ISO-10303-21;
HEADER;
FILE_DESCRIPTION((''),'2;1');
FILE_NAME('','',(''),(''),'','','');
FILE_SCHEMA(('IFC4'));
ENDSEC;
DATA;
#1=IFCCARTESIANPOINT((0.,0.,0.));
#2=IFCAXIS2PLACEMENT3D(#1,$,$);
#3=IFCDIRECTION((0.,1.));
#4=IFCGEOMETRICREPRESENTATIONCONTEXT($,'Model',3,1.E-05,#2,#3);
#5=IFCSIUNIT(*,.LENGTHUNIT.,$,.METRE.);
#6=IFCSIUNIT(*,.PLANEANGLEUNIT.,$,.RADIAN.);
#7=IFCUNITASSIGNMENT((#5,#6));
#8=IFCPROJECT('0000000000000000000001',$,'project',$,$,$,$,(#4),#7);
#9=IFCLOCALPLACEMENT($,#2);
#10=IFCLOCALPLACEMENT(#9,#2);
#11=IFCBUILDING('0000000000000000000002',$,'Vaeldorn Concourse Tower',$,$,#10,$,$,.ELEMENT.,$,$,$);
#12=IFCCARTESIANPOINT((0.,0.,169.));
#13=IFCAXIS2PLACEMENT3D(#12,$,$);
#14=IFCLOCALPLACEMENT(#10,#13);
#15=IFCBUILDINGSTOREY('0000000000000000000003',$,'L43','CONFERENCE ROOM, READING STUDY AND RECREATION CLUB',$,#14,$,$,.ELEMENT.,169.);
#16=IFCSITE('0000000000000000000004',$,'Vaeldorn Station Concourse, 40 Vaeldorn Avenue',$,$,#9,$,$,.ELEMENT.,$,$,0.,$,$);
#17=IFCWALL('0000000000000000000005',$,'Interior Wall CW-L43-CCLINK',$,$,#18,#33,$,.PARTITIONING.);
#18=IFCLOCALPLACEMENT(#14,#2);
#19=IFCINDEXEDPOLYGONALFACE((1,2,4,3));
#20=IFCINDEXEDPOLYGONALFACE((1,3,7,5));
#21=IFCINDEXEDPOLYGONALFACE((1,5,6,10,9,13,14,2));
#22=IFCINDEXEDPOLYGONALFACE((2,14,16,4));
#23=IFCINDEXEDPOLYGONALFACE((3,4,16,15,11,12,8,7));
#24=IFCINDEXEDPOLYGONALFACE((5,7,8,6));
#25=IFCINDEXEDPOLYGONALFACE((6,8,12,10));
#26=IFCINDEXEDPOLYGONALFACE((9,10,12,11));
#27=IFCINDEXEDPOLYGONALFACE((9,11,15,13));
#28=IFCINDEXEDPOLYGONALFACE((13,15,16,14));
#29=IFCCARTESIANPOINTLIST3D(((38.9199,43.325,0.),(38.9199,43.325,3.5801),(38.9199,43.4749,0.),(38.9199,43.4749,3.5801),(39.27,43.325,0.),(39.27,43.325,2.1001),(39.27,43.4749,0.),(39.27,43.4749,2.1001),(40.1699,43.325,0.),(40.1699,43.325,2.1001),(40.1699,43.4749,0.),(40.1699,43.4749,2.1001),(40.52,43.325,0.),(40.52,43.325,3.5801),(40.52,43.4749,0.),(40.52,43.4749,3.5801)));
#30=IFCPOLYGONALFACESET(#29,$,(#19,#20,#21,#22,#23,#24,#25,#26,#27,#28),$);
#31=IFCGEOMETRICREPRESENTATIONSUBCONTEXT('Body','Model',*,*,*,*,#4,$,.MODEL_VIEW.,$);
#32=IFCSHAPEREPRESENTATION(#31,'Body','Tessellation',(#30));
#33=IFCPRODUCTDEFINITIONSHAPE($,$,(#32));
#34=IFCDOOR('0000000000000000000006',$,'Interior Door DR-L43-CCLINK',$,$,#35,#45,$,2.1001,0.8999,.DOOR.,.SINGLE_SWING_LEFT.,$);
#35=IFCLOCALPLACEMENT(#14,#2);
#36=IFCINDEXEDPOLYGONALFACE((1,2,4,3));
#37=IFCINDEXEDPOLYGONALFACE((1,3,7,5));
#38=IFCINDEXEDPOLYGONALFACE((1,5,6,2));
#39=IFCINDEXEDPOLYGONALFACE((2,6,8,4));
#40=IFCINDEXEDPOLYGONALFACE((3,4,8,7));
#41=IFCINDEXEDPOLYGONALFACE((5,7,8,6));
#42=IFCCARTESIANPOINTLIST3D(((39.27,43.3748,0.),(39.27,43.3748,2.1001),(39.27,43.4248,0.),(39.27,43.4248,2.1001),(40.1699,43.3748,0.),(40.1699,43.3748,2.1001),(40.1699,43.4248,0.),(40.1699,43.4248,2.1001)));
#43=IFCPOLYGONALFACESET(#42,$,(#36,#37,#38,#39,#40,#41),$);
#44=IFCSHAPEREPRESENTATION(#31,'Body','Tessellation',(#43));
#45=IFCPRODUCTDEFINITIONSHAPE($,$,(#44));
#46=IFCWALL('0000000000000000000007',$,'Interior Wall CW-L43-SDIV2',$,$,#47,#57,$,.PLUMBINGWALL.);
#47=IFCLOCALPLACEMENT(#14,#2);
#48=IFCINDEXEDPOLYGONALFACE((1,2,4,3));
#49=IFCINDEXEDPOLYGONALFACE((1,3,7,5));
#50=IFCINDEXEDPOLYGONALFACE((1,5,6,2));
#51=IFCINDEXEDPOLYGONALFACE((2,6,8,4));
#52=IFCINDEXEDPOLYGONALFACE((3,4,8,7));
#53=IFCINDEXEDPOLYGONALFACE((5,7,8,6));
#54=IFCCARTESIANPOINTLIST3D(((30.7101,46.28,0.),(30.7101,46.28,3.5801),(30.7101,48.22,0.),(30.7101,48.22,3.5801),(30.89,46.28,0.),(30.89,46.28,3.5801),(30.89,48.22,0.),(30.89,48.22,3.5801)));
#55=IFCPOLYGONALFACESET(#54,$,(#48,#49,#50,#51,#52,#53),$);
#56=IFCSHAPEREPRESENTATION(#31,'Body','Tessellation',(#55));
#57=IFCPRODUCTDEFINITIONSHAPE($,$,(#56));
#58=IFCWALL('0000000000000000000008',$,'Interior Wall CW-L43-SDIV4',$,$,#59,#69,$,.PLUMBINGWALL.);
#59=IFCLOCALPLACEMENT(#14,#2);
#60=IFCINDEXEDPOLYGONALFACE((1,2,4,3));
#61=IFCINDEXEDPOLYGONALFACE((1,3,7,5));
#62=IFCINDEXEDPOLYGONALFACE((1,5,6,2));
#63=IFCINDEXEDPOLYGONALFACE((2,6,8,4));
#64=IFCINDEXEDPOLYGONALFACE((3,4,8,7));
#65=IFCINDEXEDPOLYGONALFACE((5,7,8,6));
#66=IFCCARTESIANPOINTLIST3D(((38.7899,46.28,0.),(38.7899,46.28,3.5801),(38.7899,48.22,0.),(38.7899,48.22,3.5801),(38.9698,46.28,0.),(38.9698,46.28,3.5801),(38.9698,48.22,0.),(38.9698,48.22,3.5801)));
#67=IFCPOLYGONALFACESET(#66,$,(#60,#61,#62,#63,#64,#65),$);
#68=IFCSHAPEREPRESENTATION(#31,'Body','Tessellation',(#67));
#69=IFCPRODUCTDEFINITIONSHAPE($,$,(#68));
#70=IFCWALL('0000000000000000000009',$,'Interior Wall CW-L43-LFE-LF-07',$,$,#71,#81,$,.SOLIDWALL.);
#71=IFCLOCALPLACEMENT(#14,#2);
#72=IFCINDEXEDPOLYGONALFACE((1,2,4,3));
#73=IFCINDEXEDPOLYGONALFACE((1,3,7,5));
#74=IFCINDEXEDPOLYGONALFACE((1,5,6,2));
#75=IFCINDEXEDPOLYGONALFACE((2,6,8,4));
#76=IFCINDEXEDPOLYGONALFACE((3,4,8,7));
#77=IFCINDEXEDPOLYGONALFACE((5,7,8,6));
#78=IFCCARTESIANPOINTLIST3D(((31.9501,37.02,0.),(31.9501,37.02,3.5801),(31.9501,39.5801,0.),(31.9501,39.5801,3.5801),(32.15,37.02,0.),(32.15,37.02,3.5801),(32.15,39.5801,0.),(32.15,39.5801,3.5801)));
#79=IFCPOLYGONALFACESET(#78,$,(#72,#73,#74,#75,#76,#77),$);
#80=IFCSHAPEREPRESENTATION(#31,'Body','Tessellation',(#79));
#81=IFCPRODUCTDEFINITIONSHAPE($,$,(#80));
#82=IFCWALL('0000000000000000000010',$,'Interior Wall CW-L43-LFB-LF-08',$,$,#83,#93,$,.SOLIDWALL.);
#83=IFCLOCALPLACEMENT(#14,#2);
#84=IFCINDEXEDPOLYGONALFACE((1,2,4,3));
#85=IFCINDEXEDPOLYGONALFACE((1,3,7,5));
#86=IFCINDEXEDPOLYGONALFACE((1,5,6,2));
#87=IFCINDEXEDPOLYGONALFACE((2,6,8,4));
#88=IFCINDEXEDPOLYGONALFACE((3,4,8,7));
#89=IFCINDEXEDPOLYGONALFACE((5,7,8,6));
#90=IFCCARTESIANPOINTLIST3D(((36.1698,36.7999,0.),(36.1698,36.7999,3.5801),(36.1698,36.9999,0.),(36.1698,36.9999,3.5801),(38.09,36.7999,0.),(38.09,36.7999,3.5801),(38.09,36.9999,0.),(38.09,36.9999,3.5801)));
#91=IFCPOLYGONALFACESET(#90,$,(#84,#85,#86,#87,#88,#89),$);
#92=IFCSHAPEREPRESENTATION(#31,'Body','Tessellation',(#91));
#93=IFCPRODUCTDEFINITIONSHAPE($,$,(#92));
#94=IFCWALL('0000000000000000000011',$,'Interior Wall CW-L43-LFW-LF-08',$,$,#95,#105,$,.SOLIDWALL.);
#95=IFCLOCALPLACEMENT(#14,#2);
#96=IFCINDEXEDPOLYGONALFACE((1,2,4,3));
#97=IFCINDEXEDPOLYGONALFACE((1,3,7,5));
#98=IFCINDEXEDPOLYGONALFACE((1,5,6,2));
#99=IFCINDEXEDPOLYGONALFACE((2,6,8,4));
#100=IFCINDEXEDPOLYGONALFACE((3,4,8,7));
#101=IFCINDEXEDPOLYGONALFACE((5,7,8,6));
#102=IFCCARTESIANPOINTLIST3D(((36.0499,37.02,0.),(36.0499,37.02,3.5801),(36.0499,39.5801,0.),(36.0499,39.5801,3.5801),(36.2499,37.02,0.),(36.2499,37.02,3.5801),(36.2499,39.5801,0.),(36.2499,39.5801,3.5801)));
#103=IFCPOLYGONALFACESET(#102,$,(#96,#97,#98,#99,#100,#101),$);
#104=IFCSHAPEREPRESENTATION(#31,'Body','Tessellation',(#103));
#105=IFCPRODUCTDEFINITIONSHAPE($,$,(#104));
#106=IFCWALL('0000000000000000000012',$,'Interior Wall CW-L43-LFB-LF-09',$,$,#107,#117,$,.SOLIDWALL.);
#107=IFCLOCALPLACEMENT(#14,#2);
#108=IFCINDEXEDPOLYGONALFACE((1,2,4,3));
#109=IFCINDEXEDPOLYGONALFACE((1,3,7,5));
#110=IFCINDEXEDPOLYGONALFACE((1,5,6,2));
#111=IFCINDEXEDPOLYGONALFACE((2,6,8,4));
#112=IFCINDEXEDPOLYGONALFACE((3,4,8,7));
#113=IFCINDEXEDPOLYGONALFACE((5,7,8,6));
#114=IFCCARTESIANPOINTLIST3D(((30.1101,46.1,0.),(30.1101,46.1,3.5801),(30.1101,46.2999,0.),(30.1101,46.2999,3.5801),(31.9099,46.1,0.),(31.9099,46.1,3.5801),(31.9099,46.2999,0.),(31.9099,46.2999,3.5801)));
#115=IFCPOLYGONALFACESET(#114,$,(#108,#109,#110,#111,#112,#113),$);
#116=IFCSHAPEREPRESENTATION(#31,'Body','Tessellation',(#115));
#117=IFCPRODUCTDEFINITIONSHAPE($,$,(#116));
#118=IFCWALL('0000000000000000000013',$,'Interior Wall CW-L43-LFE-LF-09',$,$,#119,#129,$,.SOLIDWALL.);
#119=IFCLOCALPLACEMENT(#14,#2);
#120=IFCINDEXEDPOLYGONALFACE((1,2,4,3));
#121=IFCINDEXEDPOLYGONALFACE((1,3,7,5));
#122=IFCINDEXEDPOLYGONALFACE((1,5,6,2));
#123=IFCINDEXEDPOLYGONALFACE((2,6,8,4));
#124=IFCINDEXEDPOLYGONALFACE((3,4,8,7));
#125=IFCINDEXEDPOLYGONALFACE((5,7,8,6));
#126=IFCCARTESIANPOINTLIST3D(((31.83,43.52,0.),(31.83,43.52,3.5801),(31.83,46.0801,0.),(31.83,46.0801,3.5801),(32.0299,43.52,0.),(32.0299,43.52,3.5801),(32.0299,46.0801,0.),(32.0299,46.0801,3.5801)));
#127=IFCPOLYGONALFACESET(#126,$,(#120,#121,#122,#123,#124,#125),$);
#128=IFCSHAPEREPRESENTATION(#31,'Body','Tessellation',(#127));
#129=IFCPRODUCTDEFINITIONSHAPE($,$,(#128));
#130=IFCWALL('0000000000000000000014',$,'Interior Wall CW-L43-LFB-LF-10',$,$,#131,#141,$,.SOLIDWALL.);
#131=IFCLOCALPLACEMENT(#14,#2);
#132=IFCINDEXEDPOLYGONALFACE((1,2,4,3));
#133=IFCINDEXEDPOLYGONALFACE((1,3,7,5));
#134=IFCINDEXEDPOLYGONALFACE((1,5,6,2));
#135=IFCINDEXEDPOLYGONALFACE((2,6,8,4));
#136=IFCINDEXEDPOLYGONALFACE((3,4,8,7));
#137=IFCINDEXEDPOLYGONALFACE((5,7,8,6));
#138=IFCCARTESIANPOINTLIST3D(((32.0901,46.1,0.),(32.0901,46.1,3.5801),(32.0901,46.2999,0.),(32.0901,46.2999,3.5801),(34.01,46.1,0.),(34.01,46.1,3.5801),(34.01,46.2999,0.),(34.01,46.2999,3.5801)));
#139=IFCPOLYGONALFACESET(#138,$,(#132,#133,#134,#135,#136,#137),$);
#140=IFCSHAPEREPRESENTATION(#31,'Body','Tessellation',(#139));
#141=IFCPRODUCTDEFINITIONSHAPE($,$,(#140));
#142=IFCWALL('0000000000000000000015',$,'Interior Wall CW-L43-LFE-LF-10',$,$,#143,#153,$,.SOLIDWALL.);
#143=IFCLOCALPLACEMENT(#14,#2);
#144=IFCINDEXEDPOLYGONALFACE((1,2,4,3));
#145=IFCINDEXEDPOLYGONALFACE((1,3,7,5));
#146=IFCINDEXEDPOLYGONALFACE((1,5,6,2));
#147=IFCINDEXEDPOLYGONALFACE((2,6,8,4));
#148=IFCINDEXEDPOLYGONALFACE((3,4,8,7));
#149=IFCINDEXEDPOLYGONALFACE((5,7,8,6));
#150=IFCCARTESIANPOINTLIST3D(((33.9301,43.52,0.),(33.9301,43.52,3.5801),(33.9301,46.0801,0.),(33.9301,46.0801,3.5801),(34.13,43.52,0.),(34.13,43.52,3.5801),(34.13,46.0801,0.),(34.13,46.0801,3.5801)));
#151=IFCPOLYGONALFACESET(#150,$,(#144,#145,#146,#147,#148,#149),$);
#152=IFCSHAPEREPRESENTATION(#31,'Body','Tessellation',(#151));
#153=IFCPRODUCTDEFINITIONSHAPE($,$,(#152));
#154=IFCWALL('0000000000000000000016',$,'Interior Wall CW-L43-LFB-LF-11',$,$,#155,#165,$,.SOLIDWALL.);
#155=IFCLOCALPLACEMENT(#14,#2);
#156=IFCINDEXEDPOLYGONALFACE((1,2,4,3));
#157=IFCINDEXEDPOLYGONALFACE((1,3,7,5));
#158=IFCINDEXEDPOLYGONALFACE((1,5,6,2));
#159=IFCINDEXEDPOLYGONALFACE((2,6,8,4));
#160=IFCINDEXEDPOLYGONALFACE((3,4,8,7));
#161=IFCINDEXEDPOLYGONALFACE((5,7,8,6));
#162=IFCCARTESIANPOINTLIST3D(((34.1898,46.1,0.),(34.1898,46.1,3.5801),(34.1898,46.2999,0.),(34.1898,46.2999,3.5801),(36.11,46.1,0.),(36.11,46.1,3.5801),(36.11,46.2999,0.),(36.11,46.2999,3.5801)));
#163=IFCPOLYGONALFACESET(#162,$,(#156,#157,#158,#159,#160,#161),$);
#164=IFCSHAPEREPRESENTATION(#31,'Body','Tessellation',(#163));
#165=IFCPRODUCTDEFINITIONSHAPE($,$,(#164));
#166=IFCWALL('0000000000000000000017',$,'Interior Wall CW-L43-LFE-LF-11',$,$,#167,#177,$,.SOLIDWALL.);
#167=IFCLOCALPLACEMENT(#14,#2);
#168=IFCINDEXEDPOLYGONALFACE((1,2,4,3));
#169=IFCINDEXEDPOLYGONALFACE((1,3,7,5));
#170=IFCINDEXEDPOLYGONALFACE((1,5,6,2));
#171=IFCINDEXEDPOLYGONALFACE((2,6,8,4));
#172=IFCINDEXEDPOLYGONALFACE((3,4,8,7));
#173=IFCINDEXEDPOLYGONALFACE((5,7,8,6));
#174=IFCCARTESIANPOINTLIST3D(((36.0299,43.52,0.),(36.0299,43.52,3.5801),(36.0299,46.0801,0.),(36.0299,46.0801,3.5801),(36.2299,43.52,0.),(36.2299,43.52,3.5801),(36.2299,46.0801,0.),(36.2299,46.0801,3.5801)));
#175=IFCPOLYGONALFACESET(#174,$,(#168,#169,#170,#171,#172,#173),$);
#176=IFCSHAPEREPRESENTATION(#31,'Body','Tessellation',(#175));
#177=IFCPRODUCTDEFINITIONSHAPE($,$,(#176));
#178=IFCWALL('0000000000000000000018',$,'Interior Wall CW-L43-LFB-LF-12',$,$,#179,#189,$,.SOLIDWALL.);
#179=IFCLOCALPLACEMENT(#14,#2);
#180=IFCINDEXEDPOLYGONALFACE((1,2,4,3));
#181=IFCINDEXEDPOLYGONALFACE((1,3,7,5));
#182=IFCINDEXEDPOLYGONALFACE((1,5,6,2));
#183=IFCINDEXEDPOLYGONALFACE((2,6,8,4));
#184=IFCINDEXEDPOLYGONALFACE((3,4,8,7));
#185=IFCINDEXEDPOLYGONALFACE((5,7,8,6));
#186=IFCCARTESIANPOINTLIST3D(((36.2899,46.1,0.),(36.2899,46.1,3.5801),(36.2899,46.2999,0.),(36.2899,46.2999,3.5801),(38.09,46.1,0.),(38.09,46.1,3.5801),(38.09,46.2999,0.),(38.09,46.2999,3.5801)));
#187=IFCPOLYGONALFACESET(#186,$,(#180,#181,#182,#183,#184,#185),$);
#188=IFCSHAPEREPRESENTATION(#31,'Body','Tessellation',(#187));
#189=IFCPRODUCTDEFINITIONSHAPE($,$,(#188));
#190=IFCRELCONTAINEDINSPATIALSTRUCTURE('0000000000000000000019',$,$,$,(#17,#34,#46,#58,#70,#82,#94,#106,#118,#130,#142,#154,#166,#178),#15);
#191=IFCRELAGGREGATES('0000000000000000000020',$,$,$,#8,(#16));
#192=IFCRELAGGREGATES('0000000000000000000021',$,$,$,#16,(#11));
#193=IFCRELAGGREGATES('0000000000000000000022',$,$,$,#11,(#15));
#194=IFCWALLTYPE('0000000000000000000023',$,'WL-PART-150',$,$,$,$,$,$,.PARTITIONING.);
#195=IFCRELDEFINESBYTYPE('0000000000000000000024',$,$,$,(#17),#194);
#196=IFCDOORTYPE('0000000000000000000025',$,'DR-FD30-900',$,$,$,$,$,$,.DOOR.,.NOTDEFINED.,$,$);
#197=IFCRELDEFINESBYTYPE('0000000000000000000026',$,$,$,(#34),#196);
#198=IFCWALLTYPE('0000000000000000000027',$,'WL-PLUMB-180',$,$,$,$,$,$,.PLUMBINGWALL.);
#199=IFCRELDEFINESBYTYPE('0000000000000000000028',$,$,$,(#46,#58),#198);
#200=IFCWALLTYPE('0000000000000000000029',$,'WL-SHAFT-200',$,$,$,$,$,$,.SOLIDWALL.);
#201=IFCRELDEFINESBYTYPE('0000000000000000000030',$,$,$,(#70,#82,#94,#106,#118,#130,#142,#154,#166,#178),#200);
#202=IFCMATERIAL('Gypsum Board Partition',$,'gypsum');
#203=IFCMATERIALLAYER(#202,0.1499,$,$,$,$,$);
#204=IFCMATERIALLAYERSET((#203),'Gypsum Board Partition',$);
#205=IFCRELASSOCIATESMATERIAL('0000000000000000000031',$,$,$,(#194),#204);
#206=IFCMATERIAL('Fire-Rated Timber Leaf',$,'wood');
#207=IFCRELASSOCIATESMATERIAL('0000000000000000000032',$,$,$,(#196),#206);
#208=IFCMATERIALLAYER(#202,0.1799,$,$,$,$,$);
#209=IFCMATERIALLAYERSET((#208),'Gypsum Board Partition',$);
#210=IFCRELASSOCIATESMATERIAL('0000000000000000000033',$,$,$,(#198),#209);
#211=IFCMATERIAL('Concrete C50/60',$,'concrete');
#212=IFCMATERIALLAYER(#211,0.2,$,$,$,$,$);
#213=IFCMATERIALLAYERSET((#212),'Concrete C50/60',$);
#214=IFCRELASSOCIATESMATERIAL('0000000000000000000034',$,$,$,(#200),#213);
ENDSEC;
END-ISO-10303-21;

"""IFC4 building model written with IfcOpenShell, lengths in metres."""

from ifc_helpers import new_model, si_unit, direction, frame, frame_2d, origin, place, context, subcontext, project, spatial, rectangle, extrude, source, transform, mapped, material, layer, layer_set, type_object, element, fill, save


model = new_model("IFC4")

# Units and contexts
model_context = context("Model", 3, precision=1e-05, world=origin(), true_north=direction((0.0, 1.0)))
body_context = subcontext(model_context, "Body", "Model", "MODEL_VIEW")
ifc_project = project(units=[si_unit("LENGTHUNIT", "METRE"), si_unit("PLANEANGLEUNIT", "RADIAN")], contexts=[model_context])

# Site, building, storey
site_placement = place(None, origin())
site = spatial("IfcSite", under=ifc_project, at=site_placement, Name="Vaeldorn Station Concourse, 40 Vaeldorn Avenue", CompositionType="ELEMENT", RefElevation=0.0)
building_placement = place(site_placement, origin())
building = spatial("IfcBuilding", under=site, at=building_placement, Name="Vaeldorn Concourse Tower", CompositionType="ELEMENT")
storey_placement = place(building_placement, frame((0.0, 0.0, 169.0)))
storey = spatial("IfcBuildingStorey", under=building, at=storey_placement, Name="L43", Description="CONFERENCE ROOM, READING STUDY AND RECREATION CLUB", CompositionType="ELEMENT", Elevation=169.0)

# Shared definitions
ifc_material_1 = material(Name="Concrete C50/60", Category="concrete")

# Wall, opening, door
ifc_material_2 = material(Name="Gypsum Board Partition", Category="gypsum")
ifc_layer_1 = layer(ifc_material_2, 0.1499)
ifc_layer_set_1 = layer_set([ifc_layer_1], Name="Gypsum Board Partition")
wall_type_1 = type_object("IfcWallType", Name="WL-PART-150", PredefinedType="PARTITIONING", material=ifc_layer_set_1)
wall_1_placement = place(storey_placement, frame((38.9199, 43.3999, 0.0), z_axis=(0.0, 0.0, 1.0), x_axis=(1.0, 0.0, 0.0)))
wall_1 = element("IfcWall", 1, at=wall_1_placement, inside=storey, type_object=wall_type_1, Name="Interior Wall CW-L43-CCLINK", PredefinedType="PARTITIONING", context=body_context, shape_type="SweptSolid", body=[
    extrude(rectangle(XDim=1.6001, YDim=0.1499, at=frame_2d((0.8, 0.0))), origin(), (0.0, 0.0, 1.0), 3.5801),
])
opening_1_placement = place(wall_1_placement, frame((0.3501, 0.0, 0.0)))
opening_1 = element("IfcOpeningElement", 2, at=opening_1_placement, cuts=wall_1, PredefinedType="OPENING", context=body_context, shape_type="SweptSolid", body=[
    extrude(rectangle(XDim=0.8999, YDim=2.1001, at=frame_2d((0.45, 1.05))), frame((0.0, 0.085, 0.0), z_axis=(0.0, -1.0, 0.0), x_axis=(1.0, 0.0, 0.0)), (0.0, 0.0, 1.0), 0.1699),
])
ifc_material_3 = material(Name="Fire-Rated Timber Leaf", Category="wood")
door_type_1 = type_object("IfcDoorType", Name="DR-FD30-900", OperationType="NOTDEFINED", PredefinedType="DOOR", material=ifc_material_3)
shared_shape_1 = source(origin(), body_context, "Body", "SweptSolid", [
    extrude(rectangle(XDim=0.8999, YDim=2.1001, at=frame_2d((0.45, 1.05))), frame((0.0, 0.0249, 0.0), z_axis=(0.0, -1.0, 0.0), x_axis=(1.0, 0.0, 0.0)), (0.0, 0.0, 1.0), 0.05),
])
door_1_placement = place(opening_1_placement, origin())
door_1 = element("IfcDoor", 3, at=door_1_placement, inside=storey, type_object=door_type_1, Name="Interior Door DR-L43-CCLINK", OperationType="SINGLE_SWING_LEFT", OverallHeight=2.1001, OverallWidth=0.8999, PredefinedType="DOOR", context=body_context, shape_type="MappedRepresentation", body=[
    mapped(shared_shape_1, transform((0.0, 0.0, 0.0), scale=1.0)),
])
fill(opening_1, door_1)

# Walls
ifc_layer_2 = layer(ifc_material_2, 0.1799)
ifc_layer_set_2 = layer_set([ifc_layer_2], Name="Gypsum Board Partition")
wall_type_2 = type_object("IfcWallType", Name="WL-PLUMB-180", PredefinedType="PLUMBINGWALL", material=ifc_layer_set_2)
for number, where, z_axis, x_axis, name in (
    (4, (30.8, 46.28, 0.0), (0.0, 0.0, 1.0), (0.0, 1.0, 0.0), "Interior Wall CW-L43-SDIV2"),
    (5, (38.8799, 46.28, 0.0), (0.0, 0.0, 1.0), (0.0, 1.0, 0.0), "Interior Wall CW-L43-SDIV4"),
):
    element("IfcWall", number, at=place(storey_placement, frame(where, z_axis=z_axis, x_axis=x_axis)), inside=storey, type_object=wall_type_2, Name=name, PredefinedType="PLUMBINGWALL", context=body_context, shape_type="SweptSolid", body=[
        extrude(rectangle(XDim=1.9399, YDim=0.1799, at=frame_2d((0.97, 0.0))), origin(), (0.0, 0.0, 1.0), 3.5801),
    ])
ifc_layer_3 = layer(ifc_material_1, 0.2)
ifc_layer_set_3 = layer_set([ifc_layer_3], Name="Concrete C50/60")
wall_type_3 = type_object("IfcWallType", Name="WL-SHAFT-200", PredefinedType="SOLIDWALL", material=ifc_layer_set_3)
wall_2_placement = place(storey_placement, frame((32.05, 37.02, 0.0), z_axis=(0.0, 0.0, 1.0), x_axis=(0.0, 1.0, 0.0)))
element("IfcWall", 6, at=wall_2_placement, inside=storey, type_object=wall_type_3, Name="Interior Wall CW-L43-LFE-LF-07", PredefinedType="SOLIDWALL", context=body_context, shape_type="SweptSolid", body=[
    extrude(rectangle(XDim=2.5601, YDim=0.2, at=frame_2d((1.28, 0.0))), origin(), (0.0, 0.0, 1.0), 3.5801),
])

# Walls
wall_3_placement = place(storey_placement, frame((36.1699, 36.8999, 0.0), z_axis=(0.0, 0.0, 1.0), x_axis=(1.0, 0.0, 0.0)))
element("IfcWall", 7, at=wall_3_placement, inside=storey, type_object=wall_type_3, Name="Interior Wall CW-L43-LFB-LF-08", PredefinedType="SOLIDWALL", context=body_context, shape_type="SweptSolid", body=[
    extrude(rectangle(XDim=1.9202, YDim=0.2, at=frame_2d((0.96, 0.0))), origin(), (0.0, 0.0, 1.0), 3.5801),
])
wall_4_placement = place(storey_placement, frame((36.1499, 37.02, 0.0), z_axis=(0.0, 0.0, 1.0), x_axis=(0.0, 1.0, 0.0)))
element("IfcWall", 8, at=wall_4_placement, inside=storey, type_object=wall_type_3, Name="Interior Wall CW-L43-LFW-LF-08", PredefinedType="SOLIDWALL", context=body_context, shape_type="SweptSolid", body=[
    extrude(rectangle(XDim=2.5601, YDim=0.2, at=frame_2d((1.28, 0.0))), origin(), (0.0, 0.0, 1.0), 3.5801),
])
wall_5_placement = place(storey_placement, frame((30.1101, 46.2, 0.0), z_axis=(0.0, 0.0, 1.0), x_axis=(1.0, 0.0, 0.0)))
element("IfcWall", 9, at=wall_5_placement, inside=storey, type_object=wall_type_3, Name="Interior Wall CW-L43-LFB-LF-09", PredefinedType="SOLIDWALL", context=body_context, shape_type="SweptSolid", body=[
    extrude(rectangle(XDim=1.7998, YDim=0.2, at=frame_2d((0.8999, 0.0))), origin(), (0.0, 0.0, 1.0), 3.5801),
])
wall_6_placement = place(storey_placement, frame((31.9299, 43.52, 0.0), z_axis=(0.0, 0.0, 1.0), x_axis=(0.0, 1.0, 0.0)))
element("IfcWall", 10, at=wall_6_placement, inside=storey, type_object=wall_type_3, Name="Interior Wall CW-L43-LFE-LF-09", PredefinedType="SOLIDWALL", context=body_context, shape_type="SweptSolid", body=[
    extrude(rectangle(XDim=2.5601, YDim=0.2, at=frame_2d((1.28, 0.0))), origin(), (0.0, 0.0, 1.0), 3.5801),
])

# Walls
wall_7_placement = place(storey_placement, frame((32.0901, 46.2, 0.0), z_axis=(0.0, 0.0, 1.0), x_axis=(1.0, 0.0, 0.0)))
element("IfcWall", 11, at=wall_7_placement, inside=storey, type_object=wall_type_3, Name="Interior Wall CW-L43-LFB-LF-10", PredefinedType="SOLIDWALL", context=body_context, shape_type="SweptSolid", body=[
    extrude(rectangle(XDim=1.9199, YDim=0.2, at=frame_2d((0.96, 0.0))), origin(), (0.0, 0.0, 1.0), 3.5801),
])
wall_8_placement = place(storey_placement, frame((34.03, 43.52, 0.0), z_axis=(0.0, 0.0, 1.0), x_axis=(0.0, 1.0, 0.0)))
element("IfcWall", 12, at=wall_8_placement, inside=storey, type_object=wall_type_3, Name="Interior Wall CW-L43-LFE-LF-10", PredefinedType="SOLIDWALL", context=body_context, shape_type="SweptSolid", body=[
    extrude(rectangle(XDim=2.5601, YDim=0.2, at=frame_2d((1.28, 0.0))), origin(), (0.0, 0.0, 1.0), 3.5801),
])

# Walls
wall_9_placement = place(storey_placement, frame((34.1899, 46.2, 0.0), z_axis=(0.0, 0.0, 1.0), x_axis=(1.0, 0.0, 0.0)))
element("IfcWall", 13, at=wall_9_placement, inside=storey, type_object=wall_type_3, Name="Interior Wall CW-L43-LFB-LF-11", PredefinedType="SOLIDWALL", context=body_context, shape_type="SweptSolid", body=[
    extrude(rectangle(XDim=1.9202, YDim=0.2, at=frame_2d((0.96, 0.0))), origin(), (0.0, 0.0, 1.0), 3.5801),
])
wall_10_placement = place(storey_placement, frame((36.1299, 43.52, 0.0), z_axis=(0.0, 0.0, 1.0), x_axis=(0.0, 1.0, 0.0)))
element("IfcWall", 14, at=wall_10_placement, inside=storey, type_object=wall_type_3, Name="Interior Wall CW-L43-LFE-LF-11", PredefinedType="SOLIDWALL", context=body_context, shape_type="SweptSolid", body=[
    extrude(rectangle(XDim=2.5601, YDim=0.2, at=frame_2d((1.28, 0.0))), origin(), (0.0, 0.0, 1.0), 3.5801),
])

# Wall
wall_11_placement = place(storey_placement, frame((36.29, 46.2, 0.0), z_axis=(0.0, 0.0, 1.0), x_axis=(1.0, 0.0, 0.0)))
element("IfcWall", 15, at=wall_11_placement, inside=storey, type_object=wall_type_3, Name="Interior Wall CW-L43-LFB-LF-12", PredefinedType="SOLIDWALL", context=body_context, shape_type="SweptSolid", body=[
    extrude(rectangle(XDim=1.8, YDim=0.2, at=frame_2d((0.8999, 0.0))), origin(), (0.0, 0.0, 1.0), 3.5801),
])

save(model, "model.ifc")
